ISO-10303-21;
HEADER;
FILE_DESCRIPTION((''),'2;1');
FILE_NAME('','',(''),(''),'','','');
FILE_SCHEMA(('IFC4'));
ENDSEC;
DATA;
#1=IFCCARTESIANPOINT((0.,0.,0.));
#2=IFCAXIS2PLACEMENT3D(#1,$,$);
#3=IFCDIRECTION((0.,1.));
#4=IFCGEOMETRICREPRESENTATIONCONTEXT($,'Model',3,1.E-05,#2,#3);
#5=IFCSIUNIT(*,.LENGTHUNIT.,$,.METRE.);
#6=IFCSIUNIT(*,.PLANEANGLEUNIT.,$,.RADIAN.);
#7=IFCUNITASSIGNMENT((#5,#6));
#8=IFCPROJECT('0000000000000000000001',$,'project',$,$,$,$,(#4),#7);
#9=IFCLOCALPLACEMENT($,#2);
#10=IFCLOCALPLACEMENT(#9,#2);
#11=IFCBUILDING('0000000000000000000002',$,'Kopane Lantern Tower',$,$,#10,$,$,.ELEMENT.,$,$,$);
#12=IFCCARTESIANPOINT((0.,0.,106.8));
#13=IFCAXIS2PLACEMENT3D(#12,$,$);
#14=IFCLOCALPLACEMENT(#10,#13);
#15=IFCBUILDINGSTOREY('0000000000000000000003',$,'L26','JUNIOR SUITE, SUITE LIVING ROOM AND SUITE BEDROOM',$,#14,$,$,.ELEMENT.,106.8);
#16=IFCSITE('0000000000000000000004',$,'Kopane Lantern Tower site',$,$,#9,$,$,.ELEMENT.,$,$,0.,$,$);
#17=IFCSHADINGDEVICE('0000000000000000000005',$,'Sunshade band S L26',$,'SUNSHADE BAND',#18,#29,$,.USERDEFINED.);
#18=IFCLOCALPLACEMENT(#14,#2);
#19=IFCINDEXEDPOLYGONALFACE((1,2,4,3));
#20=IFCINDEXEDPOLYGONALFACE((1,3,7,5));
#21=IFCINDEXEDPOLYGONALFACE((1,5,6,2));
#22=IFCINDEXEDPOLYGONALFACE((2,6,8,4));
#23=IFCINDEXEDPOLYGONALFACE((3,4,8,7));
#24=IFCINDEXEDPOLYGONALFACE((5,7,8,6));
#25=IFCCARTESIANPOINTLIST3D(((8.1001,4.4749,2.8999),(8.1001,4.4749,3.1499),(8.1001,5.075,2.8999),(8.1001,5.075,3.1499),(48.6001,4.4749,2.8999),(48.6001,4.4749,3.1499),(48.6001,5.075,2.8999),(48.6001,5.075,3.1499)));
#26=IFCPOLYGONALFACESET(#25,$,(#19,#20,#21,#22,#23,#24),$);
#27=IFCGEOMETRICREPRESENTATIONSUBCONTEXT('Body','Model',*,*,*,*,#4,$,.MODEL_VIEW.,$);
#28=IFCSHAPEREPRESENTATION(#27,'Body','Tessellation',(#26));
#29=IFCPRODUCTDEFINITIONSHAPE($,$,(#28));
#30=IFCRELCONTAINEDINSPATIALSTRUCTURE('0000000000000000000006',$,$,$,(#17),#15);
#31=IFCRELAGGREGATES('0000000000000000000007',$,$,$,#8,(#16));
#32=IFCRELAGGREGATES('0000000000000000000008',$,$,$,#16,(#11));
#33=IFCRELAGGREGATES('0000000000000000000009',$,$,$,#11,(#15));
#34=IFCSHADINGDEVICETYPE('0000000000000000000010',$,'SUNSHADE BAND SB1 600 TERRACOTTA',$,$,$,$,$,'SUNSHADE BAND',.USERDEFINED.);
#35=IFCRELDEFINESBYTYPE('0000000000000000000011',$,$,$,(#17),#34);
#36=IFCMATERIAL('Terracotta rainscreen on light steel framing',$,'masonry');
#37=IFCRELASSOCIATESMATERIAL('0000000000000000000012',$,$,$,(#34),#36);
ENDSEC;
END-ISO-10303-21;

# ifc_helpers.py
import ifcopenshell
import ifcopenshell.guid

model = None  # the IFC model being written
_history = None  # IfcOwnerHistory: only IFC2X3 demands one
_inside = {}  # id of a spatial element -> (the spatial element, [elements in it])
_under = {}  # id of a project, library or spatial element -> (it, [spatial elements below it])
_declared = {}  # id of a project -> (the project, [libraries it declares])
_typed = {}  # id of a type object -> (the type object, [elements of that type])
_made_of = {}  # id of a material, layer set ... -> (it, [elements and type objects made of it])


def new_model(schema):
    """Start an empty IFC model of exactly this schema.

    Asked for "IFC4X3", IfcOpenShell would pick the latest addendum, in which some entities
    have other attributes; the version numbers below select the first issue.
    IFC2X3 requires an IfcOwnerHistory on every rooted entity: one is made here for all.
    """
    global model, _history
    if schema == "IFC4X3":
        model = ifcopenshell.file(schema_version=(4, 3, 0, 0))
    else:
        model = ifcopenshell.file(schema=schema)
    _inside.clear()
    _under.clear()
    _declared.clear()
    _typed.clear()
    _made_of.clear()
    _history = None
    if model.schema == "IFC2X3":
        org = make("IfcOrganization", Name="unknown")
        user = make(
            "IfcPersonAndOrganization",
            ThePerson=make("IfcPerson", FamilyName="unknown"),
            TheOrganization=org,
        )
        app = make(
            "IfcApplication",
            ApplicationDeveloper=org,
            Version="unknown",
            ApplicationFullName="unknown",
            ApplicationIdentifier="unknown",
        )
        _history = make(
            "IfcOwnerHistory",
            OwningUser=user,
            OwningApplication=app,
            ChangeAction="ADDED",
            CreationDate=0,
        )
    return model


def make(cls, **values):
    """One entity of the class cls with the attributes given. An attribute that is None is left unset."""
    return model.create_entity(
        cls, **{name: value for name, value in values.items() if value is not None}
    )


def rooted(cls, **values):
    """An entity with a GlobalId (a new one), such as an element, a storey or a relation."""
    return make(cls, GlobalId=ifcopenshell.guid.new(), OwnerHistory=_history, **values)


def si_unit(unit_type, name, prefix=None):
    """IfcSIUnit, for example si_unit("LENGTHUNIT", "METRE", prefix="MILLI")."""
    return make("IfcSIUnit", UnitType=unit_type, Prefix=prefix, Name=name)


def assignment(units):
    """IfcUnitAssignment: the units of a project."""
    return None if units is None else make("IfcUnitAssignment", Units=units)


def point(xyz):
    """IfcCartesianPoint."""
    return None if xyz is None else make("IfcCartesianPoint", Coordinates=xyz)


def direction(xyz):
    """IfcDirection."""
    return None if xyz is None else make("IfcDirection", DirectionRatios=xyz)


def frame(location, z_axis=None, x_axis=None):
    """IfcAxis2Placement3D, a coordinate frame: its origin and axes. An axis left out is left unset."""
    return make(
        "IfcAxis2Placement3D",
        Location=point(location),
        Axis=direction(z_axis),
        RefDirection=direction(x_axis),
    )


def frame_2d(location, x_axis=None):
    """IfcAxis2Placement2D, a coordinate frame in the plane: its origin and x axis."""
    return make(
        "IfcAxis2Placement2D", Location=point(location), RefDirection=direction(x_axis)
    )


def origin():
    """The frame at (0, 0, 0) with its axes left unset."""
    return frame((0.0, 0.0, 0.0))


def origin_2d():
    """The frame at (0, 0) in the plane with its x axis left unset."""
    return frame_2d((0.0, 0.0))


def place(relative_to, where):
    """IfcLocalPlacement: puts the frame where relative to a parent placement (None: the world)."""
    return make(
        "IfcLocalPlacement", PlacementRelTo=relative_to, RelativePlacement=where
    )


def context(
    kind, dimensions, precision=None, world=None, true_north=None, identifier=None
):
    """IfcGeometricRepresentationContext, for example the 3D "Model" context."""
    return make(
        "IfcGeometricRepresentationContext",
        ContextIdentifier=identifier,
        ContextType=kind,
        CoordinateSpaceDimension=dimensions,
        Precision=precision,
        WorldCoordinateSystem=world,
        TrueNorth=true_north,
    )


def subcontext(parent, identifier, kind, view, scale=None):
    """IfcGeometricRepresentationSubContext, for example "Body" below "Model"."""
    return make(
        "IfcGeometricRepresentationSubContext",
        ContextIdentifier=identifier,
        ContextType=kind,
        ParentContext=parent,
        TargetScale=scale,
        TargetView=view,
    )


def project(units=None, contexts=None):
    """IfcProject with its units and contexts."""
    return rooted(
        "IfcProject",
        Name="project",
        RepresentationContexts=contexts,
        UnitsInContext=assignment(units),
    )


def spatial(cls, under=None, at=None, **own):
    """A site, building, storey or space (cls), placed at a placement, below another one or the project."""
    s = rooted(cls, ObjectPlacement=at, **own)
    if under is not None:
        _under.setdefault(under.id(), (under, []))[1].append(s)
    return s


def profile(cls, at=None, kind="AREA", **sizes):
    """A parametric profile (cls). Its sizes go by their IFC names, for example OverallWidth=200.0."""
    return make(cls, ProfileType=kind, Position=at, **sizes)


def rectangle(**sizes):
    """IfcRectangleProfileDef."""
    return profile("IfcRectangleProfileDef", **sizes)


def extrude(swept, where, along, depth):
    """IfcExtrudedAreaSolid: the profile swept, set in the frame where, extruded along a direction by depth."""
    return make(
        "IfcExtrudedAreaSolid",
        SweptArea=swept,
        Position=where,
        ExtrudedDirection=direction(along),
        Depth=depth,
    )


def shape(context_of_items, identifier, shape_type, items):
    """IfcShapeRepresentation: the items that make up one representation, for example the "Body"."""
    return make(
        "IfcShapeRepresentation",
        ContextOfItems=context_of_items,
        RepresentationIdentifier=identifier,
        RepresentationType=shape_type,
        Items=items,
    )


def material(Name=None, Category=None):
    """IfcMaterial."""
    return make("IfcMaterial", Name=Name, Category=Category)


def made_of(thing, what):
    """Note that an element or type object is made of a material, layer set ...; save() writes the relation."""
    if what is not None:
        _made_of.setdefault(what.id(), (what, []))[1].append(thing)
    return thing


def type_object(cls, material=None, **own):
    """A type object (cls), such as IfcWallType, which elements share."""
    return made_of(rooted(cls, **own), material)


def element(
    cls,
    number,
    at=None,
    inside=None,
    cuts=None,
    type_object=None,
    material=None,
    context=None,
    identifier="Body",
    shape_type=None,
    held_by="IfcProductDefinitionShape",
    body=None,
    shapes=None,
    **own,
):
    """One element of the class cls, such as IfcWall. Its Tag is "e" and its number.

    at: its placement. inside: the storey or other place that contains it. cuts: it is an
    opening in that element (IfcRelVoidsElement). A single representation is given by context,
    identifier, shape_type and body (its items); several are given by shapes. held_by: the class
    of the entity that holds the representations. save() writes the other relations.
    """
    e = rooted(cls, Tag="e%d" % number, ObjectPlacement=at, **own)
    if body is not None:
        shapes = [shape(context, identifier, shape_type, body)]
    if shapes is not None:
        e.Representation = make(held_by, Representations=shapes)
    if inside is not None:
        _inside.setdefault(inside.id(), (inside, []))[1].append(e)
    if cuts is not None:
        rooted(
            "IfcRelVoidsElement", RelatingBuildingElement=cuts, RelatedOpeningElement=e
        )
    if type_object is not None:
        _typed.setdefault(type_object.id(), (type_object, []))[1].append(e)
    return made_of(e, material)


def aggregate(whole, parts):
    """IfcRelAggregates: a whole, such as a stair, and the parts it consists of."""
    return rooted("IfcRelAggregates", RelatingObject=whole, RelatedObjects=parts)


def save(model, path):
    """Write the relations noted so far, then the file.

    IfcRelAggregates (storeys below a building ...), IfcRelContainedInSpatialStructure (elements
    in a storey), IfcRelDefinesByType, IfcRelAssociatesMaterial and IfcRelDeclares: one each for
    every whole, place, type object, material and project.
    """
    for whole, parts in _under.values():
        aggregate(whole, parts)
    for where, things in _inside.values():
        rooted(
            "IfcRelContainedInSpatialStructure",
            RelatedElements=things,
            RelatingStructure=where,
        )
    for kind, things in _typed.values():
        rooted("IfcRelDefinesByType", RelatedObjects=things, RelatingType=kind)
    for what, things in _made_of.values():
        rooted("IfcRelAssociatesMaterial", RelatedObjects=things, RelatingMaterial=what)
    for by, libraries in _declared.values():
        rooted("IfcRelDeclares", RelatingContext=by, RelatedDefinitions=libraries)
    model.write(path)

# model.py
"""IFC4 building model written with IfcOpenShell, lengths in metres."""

from ifc_helpers import new_model, si_unit, direction, frame, origin, origin_2d, place, context, subcontext, project, spatial, rectangle, extrude, material, type_object, element, save


model = new_model("IFC4")

# Units and contexts
model_context = context("Model", 3, precision=1e-05, world=origin(), true_north=direction((0.0, 1.0)))
body_context = subcontext(model_context, "Body", "Model", "MODEL_VIEW")
ifc_project = project(units=[si_unit("LENGTHUNIT", "METRE"), si_unit("PLANEANGLEUNIT", "RADIAN")], contexts=[model_context])

# Site, building, storey
site_placement = place(None, origin())
site = spatial("IfcSite", under=ifc_project, at=site_placement, Name="Kopane Lantern Tower site", CompositionType="ELEMENT", RefElevation=0.0)
building_placement = place(site_placement, origin())
building = spatial("IfcBuilding", under=site, at=building_placement, Name="Kopane Lantern Tower", CompositionType="ELEMENT")
storey_placement = place(building_placement, frame((0.0, 0.0, 106.8)))
storey = spatial("IfcBuildingStorey", under=building, at=storey_placement, Name="L26", Description="JUNIOR SUITE, SUITE LIVING ROOM AND SUITE BEDROOM", CompositionType="ELEMENT", Elevation=106.8)

# Shading device
ifc_material_1 = material(Name="Terracotta rainscreen on light steel framing", Category="masonry")
shading_device_type = type_object("IfcShadingDeviceType", Name="SUNSHADE BAND SB1 600 TERRACOTTA", ElementType="SUNSHADE BAND", PredefinedType="USERDEFINED", material=ifc_material_1)
shading_device_placement = place(storey_placement, frame((28.3501, 4.7749, 2.8999), z_axis=(0.0, 0.0, 1.0), x_axis=(1.0, 0.0, 0.0)))
element("IfcShadingDevice", 1, at=shading_device_placement, inside=storey, type_object=shading_device_type, Name="Sunshade band S L26", ObjectType="SUNSHADE BAND", PredefinedType="USERDEFINED", context=body_context, shape_type="SweptSolid", body=[
    extrude(rectangle(XDim=40.5, YDim=0.6001, at=origin_2d()), origin(), (0.0, 0.0, 1.0), 0.25),
])

save(model, "model.ifc")
